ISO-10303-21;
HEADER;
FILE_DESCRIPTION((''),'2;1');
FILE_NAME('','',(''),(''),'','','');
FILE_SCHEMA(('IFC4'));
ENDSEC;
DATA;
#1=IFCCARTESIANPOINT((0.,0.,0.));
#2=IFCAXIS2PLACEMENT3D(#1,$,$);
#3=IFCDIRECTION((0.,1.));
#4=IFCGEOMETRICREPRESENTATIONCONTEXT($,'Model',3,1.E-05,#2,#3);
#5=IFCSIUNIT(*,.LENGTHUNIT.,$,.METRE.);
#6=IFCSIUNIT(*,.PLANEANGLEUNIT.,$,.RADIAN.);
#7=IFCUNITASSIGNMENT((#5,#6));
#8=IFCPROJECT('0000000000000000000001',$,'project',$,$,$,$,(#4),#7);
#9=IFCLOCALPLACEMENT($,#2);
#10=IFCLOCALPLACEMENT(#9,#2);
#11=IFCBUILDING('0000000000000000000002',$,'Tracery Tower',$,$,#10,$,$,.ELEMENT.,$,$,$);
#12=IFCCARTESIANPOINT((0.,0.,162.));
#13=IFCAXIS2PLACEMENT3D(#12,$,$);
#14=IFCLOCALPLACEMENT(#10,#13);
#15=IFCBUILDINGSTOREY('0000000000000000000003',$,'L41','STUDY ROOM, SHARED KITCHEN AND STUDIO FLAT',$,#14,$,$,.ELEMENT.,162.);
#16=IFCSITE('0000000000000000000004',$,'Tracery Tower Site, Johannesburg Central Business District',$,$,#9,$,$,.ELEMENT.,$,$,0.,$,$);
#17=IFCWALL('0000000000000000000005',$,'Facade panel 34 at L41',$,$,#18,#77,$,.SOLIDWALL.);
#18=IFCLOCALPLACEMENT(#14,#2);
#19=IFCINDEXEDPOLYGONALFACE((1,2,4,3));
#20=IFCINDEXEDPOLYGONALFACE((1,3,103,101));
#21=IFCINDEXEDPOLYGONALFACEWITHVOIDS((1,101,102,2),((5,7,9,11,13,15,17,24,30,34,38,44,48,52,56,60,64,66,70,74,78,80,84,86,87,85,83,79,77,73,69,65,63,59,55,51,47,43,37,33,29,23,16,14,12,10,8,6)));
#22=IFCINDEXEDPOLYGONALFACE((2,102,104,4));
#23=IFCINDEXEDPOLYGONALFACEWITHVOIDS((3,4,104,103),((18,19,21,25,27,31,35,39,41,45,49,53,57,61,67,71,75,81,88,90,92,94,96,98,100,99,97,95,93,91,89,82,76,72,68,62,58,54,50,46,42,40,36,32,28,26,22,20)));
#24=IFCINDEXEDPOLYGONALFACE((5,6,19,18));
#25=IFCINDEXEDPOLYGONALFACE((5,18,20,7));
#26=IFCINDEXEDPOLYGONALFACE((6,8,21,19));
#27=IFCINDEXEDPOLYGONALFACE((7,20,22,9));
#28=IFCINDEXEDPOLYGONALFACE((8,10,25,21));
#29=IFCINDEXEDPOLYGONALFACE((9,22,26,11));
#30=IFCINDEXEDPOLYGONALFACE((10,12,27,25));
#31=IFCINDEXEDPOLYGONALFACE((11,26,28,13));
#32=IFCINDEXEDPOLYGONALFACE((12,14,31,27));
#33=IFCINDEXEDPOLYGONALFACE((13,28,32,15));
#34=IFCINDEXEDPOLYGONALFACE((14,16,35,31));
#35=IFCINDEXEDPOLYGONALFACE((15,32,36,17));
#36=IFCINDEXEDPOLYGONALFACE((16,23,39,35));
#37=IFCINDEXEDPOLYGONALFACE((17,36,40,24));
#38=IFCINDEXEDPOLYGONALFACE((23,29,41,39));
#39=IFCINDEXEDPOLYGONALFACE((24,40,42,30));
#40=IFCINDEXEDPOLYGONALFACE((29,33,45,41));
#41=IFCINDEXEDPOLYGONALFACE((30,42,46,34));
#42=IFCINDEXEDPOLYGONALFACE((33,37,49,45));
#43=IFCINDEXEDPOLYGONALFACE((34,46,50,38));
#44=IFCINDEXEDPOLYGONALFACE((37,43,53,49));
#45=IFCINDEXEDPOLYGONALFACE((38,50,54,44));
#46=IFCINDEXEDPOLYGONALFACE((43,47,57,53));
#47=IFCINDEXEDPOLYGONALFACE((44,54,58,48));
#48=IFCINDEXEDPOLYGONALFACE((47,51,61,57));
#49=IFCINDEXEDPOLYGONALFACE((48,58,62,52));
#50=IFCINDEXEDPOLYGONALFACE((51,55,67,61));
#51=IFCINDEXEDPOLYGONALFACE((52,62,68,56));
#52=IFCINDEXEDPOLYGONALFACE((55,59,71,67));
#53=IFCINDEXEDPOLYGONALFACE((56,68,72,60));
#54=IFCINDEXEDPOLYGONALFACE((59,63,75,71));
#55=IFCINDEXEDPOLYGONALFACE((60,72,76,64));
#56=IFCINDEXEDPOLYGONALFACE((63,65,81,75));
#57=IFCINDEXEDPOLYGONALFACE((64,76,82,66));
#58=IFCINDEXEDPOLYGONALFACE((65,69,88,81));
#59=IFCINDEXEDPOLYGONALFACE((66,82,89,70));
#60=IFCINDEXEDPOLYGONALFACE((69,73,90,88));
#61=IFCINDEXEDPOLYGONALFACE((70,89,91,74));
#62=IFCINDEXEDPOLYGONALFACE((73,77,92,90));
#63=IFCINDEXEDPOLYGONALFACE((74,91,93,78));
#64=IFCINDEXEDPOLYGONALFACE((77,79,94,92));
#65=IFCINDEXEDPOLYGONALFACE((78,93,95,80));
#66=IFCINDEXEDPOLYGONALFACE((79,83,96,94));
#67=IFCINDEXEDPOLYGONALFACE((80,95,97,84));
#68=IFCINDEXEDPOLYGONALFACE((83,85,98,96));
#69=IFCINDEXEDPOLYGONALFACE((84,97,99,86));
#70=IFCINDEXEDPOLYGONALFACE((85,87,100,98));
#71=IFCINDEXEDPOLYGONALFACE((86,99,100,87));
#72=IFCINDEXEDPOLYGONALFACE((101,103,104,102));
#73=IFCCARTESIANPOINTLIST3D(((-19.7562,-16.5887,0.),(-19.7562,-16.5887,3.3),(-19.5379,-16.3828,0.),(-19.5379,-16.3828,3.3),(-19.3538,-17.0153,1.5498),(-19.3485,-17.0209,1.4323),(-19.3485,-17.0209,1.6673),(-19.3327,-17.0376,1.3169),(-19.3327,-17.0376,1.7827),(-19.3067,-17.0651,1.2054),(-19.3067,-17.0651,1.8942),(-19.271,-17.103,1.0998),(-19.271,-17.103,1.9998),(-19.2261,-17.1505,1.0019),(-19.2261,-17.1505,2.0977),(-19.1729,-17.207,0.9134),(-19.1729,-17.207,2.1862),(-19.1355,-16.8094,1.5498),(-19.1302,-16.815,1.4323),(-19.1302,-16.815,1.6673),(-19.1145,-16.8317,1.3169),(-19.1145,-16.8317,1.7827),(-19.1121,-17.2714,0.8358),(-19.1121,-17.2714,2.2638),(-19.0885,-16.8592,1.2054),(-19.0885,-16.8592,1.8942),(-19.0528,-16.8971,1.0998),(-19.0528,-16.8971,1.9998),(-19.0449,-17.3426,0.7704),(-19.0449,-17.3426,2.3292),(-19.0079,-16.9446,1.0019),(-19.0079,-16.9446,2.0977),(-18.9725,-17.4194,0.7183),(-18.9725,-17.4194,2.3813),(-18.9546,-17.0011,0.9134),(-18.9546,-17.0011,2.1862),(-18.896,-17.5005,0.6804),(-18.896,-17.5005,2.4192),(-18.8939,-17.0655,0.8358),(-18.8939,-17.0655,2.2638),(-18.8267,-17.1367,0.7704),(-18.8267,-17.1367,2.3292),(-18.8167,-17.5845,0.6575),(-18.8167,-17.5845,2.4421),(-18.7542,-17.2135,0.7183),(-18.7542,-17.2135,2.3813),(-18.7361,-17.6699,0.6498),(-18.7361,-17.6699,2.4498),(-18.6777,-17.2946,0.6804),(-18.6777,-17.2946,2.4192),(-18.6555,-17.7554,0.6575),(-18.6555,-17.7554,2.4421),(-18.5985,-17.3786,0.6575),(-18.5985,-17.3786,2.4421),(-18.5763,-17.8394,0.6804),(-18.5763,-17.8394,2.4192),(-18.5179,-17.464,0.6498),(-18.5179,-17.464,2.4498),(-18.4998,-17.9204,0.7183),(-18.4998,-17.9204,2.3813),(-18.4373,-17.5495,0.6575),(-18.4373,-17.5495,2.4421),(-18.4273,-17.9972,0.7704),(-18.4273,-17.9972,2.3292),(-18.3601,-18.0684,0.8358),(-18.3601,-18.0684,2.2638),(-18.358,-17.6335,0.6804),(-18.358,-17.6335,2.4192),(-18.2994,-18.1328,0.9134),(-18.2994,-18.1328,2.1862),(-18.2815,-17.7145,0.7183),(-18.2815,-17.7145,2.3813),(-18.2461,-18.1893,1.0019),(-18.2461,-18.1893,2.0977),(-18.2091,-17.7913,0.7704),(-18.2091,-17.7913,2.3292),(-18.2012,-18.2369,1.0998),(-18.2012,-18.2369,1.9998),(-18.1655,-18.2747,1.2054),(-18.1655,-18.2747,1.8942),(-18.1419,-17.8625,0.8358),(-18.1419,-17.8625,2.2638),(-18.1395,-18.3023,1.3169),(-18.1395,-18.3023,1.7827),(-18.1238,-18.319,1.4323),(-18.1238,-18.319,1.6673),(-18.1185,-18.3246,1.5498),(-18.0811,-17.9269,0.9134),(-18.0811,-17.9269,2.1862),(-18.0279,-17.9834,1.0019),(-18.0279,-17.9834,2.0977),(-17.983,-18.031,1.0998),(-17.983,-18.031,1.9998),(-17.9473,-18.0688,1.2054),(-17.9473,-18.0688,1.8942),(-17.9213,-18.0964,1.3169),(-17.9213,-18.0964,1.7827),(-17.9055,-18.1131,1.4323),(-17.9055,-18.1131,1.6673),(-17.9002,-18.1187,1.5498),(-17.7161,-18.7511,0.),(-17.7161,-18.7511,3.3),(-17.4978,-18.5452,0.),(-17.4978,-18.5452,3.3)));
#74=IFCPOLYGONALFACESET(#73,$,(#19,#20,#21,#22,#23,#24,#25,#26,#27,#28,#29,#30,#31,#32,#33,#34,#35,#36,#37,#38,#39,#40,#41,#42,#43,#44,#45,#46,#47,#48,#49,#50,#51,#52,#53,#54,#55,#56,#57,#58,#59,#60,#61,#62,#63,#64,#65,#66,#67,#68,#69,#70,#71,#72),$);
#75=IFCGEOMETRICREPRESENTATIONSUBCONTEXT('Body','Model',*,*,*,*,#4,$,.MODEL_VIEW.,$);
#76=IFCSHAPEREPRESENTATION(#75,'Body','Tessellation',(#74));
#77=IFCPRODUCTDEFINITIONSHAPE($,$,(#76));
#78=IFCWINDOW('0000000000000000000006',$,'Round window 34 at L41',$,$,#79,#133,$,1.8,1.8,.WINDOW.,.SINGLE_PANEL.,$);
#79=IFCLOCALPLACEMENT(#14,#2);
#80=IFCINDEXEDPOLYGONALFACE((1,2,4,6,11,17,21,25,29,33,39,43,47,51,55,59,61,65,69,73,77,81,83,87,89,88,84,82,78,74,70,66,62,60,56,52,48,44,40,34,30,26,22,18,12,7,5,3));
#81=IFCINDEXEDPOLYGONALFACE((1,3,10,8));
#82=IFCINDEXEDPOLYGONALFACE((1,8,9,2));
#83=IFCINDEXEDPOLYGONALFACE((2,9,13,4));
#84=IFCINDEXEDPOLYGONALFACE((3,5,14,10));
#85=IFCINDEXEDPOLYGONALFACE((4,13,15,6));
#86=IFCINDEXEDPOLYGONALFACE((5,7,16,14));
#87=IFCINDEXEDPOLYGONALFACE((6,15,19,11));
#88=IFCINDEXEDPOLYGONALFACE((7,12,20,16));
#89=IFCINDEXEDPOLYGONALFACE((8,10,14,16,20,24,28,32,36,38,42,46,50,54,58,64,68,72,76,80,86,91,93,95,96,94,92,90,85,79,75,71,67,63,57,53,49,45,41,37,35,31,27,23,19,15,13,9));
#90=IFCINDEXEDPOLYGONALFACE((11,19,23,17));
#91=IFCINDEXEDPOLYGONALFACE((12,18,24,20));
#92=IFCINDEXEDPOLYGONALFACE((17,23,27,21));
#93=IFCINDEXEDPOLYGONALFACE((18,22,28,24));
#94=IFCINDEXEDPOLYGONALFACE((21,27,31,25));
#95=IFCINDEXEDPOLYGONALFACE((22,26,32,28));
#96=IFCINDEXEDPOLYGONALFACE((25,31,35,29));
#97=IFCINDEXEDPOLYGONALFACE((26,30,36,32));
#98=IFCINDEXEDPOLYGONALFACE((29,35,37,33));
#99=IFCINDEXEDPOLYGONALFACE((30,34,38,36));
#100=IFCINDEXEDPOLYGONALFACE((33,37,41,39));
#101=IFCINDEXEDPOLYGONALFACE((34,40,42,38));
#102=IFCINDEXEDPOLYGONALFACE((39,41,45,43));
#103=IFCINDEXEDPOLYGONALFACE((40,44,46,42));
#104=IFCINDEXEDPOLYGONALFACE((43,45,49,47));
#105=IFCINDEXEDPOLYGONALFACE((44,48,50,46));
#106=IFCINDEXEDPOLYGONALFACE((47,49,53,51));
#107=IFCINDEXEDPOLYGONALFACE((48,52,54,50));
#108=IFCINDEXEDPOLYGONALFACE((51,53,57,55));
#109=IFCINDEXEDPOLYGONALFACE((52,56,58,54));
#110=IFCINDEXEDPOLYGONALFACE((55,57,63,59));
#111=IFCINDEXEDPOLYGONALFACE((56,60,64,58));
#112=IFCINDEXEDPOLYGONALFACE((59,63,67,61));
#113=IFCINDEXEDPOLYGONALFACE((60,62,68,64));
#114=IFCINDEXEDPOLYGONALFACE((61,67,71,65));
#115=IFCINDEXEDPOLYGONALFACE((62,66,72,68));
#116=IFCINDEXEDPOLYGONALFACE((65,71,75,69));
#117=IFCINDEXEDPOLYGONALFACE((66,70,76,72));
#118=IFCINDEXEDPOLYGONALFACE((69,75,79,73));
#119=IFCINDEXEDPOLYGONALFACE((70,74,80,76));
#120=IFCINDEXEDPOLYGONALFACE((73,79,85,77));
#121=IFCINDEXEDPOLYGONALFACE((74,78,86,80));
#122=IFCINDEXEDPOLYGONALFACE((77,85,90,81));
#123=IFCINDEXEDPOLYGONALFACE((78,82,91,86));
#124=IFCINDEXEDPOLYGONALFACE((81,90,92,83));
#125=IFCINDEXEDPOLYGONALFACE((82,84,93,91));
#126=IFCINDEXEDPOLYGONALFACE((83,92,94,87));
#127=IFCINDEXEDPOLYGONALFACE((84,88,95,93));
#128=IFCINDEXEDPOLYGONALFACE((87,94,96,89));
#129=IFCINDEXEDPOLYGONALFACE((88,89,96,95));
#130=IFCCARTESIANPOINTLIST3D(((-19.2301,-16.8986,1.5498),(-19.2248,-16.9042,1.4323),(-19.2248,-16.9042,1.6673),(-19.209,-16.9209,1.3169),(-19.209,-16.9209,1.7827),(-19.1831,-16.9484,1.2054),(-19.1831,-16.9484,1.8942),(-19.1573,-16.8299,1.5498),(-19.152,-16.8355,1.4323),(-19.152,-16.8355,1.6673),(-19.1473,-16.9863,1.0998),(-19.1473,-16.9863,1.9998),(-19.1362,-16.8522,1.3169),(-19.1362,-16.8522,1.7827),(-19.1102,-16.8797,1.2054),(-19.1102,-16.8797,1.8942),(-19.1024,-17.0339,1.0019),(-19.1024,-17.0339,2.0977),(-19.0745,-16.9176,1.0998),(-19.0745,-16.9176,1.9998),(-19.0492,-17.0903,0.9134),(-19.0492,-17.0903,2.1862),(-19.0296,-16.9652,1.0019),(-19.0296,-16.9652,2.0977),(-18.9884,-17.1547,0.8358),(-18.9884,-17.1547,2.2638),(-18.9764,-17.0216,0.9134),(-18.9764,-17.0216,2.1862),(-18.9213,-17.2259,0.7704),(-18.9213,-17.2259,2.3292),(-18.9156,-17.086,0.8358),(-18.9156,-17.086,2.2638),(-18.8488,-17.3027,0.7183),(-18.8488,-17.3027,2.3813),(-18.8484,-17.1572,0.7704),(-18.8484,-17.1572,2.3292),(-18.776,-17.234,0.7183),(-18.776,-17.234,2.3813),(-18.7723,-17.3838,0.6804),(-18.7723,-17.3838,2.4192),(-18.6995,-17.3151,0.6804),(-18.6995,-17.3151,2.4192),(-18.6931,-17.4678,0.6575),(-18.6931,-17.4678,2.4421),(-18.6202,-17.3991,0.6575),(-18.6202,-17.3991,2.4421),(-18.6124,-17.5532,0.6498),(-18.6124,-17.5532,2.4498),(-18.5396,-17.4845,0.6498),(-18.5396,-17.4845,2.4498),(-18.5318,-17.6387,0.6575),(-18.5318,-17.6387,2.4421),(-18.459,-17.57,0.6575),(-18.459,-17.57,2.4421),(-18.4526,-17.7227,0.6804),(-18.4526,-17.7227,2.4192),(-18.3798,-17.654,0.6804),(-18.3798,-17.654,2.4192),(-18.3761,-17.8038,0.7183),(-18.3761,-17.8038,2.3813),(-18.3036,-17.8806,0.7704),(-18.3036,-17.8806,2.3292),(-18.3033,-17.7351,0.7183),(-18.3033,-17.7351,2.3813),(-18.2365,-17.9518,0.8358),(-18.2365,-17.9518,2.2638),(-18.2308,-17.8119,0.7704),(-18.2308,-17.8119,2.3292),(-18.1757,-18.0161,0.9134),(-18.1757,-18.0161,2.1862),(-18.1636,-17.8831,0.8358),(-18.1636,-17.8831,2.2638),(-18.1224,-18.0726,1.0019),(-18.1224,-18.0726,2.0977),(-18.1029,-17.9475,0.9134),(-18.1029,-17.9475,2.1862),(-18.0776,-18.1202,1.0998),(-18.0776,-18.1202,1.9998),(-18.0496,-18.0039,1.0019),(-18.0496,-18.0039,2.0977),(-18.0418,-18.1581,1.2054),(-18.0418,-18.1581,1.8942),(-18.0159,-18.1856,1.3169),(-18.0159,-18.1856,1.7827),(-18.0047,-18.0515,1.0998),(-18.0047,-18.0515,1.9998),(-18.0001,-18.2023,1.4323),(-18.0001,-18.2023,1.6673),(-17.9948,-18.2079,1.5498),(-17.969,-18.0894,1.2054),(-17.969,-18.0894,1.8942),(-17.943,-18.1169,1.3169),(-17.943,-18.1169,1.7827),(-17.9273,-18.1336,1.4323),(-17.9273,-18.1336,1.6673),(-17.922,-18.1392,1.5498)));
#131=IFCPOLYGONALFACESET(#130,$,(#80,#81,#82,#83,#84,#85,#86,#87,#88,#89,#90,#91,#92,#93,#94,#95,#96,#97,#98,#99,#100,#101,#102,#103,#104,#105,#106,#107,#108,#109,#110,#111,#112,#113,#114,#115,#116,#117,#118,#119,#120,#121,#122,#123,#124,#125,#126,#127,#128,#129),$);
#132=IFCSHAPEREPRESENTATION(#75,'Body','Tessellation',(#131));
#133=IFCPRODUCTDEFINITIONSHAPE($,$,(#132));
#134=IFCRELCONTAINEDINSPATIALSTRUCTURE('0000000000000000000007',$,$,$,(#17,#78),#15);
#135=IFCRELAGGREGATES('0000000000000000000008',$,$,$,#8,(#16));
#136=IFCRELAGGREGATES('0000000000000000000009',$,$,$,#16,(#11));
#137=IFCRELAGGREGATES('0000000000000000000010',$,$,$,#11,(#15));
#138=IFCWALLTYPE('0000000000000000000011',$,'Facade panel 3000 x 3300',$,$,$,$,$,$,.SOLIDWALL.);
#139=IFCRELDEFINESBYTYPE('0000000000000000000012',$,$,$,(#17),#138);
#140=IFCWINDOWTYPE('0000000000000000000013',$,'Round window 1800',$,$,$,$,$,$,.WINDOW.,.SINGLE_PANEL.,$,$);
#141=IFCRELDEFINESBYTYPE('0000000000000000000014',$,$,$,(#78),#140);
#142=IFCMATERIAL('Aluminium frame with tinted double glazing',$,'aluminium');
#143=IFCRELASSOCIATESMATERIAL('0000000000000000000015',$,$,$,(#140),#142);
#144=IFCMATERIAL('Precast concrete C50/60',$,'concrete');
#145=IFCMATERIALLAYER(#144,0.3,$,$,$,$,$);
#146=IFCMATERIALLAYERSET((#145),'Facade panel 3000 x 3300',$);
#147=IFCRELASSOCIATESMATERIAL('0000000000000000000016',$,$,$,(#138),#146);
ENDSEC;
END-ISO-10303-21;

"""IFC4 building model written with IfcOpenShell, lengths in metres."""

from ifc_helpers import new_model, si_unit, direction, frame, frame_2d, origin, origin_2d, place, context, subcontext, project, spatial, rectangle, circle, extrude, material, layer, layer_set, type_object, element, fill, save


model = new_model("IFC4")

# Units and contexts
model_context = context("Model", 3, precision=1e-05, world=origin(), true_north=direction((0.0, 1.0)))
body_context = subcontext(model_context, "Body", "Model", "MODEL_VIEW")
ifc_project = project(units=[si_unit("LENGTHUNIT", "METRE"), si_unit("PLANEANGLEUNIT", "RADIAN")], contexts=[model_context])

# Site, building, storey
site_placement = place(None, origin())
site = spatial("IfcSite", under=ifc_project, at=site_placement, Name="Tracery Tower Site, Johannesburg Central Business District", CompositionType="ELEMENT", RefElevation=0.0)
building_placement = place(site_placement, origin())
building = spatial("IfcBuilding", under=site, at=building_placement, Name="Tracery Tower", CompositionType="ELEMENT")
storey_placement = place(building_placement, frame((0.0, 0.0, 162.0)))
storey = spatial("IfcBuildingStorey", under=building, at=storey_placement, Name="L41", Description="STUDY ROOM, SHARED KITCHEN AND STUDIO FLAT", CompositionType="ELEMENT", Elevation=162.0)

# Wall, opening, window
ifc_material_1 = material(Name="Aluminium frame with tinted double glazing", Category="aluminium")
window_type = type_object("IfcWindowType", Name="Round window 1800", PartitioningType="SINGLE_PANEL", PredefinedType="WINDOW", material=ifc_material_1)
ifc_material_2 = material(Name="Precast concrete C50/60", Category="concrete")
ifc_layer_1 = layer(ifc_material_2, 0.3)
ifc_layer_set_1 = layer_set([ifc_layer_1], Name="Facade panel 3000 x 3300")
wall_type_1 = type_object("IfcWallType", Name="Facade panel 3000 x 3300", PredefinedType="SOLIDWALL", material=ifc_layer_set_1)
wall_1_placement = place(storey_placement, frame((-19.647, -16.4858, 0.0), z_axis=(0.0, 0.0, 1.0), x_axis=(0.686235, -0.72738, 0.0)))
wall_1 = element("IfcWall", 1, at=wall_1_placement, inside=storey, type_object=wall_type_1, Name="Facade panel 34 at L41", PredefinedType="SOLIDWALL", context=body_context, shape_type="SweptSolid", body=[
    extrude(rectangle(XDim=2.9729, YDim=0.3, at=frame_2d((1.4863, 0.0))), origin(), (0.0, 0.0, 1.0), 3.3),
])
opening_1_placement = place(wall_1_placement, frame((1.4863, 0.0, 1.5498)))
opening_1 = element("IfcOpeningElement", 2, at=opening_1_placement, cuts=wall_1, PredefinedType="OPENING", context=body_context, shape_type="SweptSolid", body=[
    extrude(circle(Radius=0.9, at=origin_2d()), frame((0.0, 0.1599, 0.0), z_axis=(0.0, -1.0, 0.0), x_axis=(1.0, 0.0, 0.0)), (0.0, 0.0, 1.0), 0.3201),
])
window_1_placement = place(opening_1_placement, origin())
window_1 = element("IfcWindow", 3, at=window_1_placement, inside=storey, type_object=window_type, Name="Round window 34 at L41", OverallHeight=1.8, OverallWidth=1.8, PartitioningType="SINGLE_PANEL", PredefinedType="WINDOW", context=body_context, shape_type="SweptSolid", body=[
    extrude(circle(Radius=0.9, at=origin_2d()), frame((0.0, 0.1201, 0.0), z_axis=(0.0, -1.0, 0.0), x_axis=(1.0, 0.0, 0.0)), (0.0, 0.0, 1.0), 0.1001),
])
fill(opening_1, window_1)

save(model, "model.ifc")
